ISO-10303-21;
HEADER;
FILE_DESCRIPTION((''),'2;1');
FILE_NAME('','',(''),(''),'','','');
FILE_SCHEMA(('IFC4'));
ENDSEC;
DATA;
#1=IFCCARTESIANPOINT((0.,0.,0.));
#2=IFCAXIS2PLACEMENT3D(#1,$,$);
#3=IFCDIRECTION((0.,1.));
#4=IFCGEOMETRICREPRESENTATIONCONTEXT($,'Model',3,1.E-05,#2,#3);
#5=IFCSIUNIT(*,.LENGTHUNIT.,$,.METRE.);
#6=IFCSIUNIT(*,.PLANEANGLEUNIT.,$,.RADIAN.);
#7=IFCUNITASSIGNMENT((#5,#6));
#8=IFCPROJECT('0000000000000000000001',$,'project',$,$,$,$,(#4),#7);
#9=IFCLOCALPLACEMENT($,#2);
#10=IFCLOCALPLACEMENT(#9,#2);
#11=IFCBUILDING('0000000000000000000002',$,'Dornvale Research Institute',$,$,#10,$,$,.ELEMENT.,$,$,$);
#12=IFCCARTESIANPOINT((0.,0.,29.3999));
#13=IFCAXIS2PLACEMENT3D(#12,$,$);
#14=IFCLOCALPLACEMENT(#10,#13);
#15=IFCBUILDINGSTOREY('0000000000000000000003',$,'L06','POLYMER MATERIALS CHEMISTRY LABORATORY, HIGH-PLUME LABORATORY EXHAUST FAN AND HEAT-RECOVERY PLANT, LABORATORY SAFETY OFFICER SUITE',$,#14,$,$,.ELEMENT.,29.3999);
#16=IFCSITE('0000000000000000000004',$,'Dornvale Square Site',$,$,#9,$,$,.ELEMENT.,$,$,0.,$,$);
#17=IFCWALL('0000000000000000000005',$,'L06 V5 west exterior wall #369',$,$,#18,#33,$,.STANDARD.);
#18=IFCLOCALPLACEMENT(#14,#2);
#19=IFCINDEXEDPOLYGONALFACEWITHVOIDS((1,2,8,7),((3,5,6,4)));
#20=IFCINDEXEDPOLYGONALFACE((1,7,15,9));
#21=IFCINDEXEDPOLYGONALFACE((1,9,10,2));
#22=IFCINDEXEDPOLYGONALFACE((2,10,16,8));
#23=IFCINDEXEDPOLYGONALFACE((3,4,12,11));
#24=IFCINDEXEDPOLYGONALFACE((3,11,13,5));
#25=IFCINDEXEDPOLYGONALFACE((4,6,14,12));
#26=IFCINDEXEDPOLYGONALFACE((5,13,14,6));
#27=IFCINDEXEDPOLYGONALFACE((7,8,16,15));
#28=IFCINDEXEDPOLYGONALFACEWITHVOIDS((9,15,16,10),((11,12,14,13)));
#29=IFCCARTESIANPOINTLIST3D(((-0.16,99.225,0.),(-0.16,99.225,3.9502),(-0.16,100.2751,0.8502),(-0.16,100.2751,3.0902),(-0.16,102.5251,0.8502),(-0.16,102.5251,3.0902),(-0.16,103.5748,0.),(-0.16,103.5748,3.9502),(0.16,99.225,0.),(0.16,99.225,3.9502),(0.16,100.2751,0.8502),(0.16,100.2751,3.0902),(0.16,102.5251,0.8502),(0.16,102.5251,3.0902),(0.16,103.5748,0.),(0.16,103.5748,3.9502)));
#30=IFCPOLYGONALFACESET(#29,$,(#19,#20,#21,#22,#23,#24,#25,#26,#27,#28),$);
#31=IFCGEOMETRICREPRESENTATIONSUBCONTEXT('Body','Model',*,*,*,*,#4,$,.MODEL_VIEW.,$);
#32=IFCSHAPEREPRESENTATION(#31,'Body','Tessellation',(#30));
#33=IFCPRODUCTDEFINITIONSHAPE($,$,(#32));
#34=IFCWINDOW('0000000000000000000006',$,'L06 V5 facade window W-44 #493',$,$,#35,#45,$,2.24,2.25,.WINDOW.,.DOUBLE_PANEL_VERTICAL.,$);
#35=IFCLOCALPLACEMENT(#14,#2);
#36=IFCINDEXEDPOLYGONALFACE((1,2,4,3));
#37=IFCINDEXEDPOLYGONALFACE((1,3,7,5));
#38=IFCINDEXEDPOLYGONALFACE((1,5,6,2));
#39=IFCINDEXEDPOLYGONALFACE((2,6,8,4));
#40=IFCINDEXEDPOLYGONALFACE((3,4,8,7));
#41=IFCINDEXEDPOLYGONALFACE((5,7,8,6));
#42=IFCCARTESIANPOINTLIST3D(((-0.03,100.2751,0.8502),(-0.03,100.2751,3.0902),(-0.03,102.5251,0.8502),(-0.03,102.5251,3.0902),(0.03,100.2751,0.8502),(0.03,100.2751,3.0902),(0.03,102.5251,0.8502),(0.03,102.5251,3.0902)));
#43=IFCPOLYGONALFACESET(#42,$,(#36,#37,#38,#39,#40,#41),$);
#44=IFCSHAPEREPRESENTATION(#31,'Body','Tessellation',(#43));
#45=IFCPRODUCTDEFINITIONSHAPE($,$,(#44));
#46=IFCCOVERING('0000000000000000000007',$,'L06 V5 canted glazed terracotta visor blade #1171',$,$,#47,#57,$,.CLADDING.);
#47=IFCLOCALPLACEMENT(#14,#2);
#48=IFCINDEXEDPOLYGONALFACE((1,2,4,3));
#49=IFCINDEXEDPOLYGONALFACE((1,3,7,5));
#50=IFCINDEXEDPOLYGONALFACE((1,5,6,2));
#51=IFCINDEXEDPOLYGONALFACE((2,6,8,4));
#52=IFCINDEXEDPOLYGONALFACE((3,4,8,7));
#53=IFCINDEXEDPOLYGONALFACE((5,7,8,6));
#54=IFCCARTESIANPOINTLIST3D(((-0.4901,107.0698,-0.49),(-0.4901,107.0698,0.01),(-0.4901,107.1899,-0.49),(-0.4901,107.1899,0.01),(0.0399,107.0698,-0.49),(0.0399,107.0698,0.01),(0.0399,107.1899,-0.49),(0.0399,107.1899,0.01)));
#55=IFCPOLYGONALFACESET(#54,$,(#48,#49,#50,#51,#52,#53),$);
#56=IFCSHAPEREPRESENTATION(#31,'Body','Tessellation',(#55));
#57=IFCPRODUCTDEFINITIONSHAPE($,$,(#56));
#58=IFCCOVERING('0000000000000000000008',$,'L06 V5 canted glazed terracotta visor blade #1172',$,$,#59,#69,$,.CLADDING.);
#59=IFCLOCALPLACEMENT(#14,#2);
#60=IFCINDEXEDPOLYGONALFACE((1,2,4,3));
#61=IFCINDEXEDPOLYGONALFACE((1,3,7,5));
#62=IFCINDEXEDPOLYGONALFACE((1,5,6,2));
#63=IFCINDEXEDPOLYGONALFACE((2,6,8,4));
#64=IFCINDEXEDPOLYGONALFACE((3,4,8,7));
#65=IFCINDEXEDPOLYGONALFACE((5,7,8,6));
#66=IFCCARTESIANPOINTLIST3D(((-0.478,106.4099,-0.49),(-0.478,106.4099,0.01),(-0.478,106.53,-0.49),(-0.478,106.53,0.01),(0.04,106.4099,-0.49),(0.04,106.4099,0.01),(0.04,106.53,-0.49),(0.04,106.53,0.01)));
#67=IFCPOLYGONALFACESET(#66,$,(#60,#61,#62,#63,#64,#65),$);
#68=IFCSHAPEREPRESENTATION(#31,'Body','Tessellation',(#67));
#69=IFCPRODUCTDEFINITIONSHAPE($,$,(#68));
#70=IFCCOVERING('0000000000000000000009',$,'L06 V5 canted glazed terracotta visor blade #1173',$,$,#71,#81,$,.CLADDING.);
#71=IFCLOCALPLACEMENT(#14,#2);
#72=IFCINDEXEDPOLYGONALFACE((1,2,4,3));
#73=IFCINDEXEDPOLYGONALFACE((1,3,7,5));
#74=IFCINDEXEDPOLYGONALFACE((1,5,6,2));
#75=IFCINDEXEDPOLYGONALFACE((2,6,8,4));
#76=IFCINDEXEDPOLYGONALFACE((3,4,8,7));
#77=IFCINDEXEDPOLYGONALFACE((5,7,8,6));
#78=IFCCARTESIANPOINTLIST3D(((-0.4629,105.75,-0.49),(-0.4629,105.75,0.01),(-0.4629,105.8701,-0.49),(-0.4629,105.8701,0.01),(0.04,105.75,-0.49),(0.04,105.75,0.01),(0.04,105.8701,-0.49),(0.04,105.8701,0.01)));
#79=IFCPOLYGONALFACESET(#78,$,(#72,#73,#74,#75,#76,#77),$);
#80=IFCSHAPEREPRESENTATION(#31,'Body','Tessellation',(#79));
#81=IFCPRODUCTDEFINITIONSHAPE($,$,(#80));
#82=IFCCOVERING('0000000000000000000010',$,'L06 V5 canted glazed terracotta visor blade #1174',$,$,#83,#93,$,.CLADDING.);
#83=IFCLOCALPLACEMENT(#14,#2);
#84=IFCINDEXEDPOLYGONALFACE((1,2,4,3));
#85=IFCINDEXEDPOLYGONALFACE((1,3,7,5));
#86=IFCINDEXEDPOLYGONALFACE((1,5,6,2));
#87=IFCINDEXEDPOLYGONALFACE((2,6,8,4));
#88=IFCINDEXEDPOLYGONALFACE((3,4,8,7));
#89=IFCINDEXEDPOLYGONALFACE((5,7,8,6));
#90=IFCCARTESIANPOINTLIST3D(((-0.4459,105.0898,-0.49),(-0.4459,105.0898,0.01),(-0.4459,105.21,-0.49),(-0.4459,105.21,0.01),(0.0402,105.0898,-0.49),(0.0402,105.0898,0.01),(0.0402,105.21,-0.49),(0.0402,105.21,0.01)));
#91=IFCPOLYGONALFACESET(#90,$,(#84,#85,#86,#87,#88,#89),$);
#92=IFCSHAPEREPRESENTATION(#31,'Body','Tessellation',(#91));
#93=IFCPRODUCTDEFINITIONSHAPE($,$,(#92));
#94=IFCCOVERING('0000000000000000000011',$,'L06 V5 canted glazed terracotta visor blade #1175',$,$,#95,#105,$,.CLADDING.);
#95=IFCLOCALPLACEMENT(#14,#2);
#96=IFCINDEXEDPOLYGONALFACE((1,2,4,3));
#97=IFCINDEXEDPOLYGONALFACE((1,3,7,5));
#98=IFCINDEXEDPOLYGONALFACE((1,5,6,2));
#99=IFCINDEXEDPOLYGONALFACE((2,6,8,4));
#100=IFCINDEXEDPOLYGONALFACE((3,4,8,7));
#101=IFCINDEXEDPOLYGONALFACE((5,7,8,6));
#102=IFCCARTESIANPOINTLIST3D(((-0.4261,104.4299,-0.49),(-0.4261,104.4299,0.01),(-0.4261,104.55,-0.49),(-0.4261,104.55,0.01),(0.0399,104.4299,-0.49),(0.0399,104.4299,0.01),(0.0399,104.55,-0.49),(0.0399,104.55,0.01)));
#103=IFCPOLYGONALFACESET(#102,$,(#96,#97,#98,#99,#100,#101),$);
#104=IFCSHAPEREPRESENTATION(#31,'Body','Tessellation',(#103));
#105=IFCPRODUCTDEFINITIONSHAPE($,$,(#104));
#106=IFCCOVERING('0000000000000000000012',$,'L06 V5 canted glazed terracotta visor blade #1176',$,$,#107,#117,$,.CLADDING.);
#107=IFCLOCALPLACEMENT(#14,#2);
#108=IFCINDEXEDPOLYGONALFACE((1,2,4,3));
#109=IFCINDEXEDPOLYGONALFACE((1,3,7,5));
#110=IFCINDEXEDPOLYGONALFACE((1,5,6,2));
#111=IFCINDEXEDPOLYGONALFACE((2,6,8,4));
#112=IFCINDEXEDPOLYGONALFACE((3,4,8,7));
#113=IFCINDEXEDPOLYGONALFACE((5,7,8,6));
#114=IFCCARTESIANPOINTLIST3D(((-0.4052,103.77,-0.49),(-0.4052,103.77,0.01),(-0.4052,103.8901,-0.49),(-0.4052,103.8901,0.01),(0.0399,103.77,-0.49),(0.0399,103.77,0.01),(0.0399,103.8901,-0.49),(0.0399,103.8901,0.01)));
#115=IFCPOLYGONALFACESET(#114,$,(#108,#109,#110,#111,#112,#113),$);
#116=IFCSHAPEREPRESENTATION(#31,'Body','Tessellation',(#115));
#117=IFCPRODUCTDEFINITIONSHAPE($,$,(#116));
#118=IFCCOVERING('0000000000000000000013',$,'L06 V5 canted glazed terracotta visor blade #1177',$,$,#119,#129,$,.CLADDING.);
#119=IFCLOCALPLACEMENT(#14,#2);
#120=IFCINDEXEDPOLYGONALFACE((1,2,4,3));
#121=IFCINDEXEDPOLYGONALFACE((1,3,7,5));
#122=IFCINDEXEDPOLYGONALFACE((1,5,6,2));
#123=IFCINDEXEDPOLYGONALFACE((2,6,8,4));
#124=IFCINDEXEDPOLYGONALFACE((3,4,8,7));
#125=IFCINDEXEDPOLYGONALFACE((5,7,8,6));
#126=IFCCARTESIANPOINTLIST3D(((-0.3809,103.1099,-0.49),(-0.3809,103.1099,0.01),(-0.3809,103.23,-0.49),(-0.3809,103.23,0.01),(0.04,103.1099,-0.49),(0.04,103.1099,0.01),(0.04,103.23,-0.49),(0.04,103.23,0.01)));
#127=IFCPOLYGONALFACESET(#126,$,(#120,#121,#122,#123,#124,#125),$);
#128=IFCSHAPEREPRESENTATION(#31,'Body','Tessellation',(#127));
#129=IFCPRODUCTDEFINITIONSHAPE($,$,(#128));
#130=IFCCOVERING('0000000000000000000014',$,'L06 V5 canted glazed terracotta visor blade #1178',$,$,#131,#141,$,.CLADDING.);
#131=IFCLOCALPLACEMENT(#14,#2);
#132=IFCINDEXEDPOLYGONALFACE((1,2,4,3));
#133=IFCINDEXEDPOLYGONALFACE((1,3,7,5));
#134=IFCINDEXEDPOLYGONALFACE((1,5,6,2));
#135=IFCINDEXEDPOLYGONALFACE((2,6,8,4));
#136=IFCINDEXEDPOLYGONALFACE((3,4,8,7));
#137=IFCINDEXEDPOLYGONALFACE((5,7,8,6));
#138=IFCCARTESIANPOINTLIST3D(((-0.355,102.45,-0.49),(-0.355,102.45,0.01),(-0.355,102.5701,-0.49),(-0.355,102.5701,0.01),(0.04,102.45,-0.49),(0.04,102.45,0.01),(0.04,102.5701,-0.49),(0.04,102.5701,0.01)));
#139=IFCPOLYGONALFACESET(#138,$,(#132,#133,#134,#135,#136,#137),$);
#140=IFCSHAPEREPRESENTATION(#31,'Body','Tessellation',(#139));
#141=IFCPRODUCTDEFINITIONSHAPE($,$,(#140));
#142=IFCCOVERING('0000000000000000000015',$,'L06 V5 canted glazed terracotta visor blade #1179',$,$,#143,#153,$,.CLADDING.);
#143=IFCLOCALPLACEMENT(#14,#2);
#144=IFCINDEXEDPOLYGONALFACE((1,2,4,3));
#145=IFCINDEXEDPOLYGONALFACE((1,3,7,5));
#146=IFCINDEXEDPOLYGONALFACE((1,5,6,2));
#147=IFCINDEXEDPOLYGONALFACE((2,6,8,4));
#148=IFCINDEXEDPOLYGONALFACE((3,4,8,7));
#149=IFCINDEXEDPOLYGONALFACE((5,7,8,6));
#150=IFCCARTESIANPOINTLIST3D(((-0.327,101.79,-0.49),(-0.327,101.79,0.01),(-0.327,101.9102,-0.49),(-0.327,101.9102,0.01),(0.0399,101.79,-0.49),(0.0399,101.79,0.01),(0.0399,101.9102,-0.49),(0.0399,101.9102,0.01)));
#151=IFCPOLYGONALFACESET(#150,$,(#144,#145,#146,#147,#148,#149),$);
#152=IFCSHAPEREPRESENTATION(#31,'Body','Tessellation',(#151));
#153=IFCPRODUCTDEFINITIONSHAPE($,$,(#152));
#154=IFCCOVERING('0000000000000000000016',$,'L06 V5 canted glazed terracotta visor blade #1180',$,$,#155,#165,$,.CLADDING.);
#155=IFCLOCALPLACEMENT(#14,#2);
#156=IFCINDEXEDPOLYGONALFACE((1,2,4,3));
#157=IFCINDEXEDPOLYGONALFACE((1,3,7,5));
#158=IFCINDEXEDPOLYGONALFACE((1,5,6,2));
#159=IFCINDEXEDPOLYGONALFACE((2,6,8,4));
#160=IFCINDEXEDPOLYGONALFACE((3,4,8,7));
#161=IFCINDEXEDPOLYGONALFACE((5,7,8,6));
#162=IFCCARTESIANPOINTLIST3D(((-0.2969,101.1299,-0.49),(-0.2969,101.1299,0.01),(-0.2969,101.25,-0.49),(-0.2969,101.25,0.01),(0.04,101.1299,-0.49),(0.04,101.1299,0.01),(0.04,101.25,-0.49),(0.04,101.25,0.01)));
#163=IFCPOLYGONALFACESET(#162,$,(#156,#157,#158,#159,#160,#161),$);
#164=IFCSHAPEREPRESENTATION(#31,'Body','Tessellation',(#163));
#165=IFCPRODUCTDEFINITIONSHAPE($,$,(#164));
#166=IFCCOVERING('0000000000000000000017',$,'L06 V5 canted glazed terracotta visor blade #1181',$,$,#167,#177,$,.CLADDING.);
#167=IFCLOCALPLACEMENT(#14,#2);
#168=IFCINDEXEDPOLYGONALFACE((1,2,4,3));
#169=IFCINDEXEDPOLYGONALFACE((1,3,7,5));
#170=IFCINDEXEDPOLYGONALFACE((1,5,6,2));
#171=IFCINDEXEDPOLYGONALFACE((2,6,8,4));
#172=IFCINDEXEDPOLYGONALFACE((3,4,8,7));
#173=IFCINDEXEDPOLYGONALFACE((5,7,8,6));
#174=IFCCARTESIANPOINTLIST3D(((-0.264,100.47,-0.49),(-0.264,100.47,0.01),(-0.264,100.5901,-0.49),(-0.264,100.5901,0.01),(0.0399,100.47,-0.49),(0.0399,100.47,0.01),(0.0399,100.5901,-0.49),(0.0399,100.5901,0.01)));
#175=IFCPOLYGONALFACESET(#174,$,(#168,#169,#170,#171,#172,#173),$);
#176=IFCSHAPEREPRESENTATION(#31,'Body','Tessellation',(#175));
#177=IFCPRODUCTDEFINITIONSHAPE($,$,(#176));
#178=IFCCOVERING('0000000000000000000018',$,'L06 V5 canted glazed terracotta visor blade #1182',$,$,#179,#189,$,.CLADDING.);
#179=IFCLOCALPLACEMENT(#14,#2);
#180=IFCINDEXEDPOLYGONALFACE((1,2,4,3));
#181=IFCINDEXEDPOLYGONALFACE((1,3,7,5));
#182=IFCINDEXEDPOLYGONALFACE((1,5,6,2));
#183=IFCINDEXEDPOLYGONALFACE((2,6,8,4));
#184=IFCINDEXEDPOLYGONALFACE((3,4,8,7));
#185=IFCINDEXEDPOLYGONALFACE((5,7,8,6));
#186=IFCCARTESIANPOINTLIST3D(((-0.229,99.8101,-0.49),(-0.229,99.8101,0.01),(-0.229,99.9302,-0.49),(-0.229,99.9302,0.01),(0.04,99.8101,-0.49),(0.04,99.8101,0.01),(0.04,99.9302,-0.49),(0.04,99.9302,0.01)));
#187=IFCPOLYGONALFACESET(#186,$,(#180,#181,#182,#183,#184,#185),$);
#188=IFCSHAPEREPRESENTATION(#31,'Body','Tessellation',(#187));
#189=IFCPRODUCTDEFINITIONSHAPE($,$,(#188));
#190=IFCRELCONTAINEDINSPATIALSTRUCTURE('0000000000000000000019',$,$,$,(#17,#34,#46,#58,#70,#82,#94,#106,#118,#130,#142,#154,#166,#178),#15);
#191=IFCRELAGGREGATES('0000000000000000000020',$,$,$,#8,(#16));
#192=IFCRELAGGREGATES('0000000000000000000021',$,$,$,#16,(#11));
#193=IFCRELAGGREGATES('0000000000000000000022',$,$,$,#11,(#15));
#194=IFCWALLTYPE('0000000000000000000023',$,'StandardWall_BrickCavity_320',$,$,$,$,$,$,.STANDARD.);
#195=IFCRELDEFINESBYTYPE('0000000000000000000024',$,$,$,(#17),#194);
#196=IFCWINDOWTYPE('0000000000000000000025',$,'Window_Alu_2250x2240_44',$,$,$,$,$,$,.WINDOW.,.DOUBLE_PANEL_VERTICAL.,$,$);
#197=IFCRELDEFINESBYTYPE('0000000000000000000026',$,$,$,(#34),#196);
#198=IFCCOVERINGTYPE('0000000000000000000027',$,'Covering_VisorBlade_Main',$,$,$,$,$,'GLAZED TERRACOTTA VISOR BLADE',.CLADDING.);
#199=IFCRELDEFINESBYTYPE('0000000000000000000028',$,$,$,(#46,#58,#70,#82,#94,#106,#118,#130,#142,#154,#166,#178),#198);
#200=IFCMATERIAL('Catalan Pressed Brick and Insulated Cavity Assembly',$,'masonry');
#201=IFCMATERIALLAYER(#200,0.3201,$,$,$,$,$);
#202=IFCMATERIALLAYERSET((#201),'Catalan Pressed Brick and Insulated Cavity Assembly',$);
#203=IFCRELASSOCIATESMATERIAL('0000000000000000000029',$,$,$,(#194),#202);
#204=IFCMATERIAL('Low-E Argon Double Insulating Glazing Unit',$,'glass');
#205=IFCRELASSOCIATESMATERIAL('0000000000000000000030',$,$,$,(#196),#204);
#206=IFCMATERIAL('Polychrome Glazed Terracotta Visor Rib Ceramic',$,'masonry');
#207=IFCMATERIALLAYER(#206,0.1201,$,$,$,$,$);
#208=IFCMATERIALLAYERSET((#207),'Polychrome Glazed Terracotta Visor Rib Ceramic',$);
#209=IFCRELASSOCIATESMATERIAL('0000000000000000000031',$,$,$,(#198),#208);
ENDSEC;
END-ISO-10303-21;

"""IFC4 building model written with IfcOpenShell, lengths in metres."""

from ifc_helpers import new_model, si_unit, direction, frame, frame_2d, origin, origin_2d, place, context, subcontext, project, spatial, rectangle, extrude, material, layer, layer_set, type_object, element, fill, save


model = new_model("IFC4")

# Units and contexts
model_context = context("Model", 3, precision=1e-05, world=origin(), true_north=direction((0.0, 1.0)))
body_context = subcontext(model_context, "Body", "Model", "MODEL_VIEW")
ifc_project = project(units=[si_unit("LENGTHUNIT", "METRE"), si_unit("PLANEANGLEUNIT", "RADIAN")], contexts=[model_context])

# Site, building, storey
site_placement = place(None, origin())
site = spatial("IfcSite", under=ifc_project, at=site_placement, Name="Dornvale Square Site", CompositionType="ELEMENT", RefElevation=0.0)
building_placement = place(site_placement, origin())
building = spatial("IfcBuilding", under=site, at=building_placement, Name="Dornvale Research Institute", CompositionType="ELEMENT")
storey_placement = place(building_placement, frame((0.0, 0.0, 29.3999)))
storey = spatial("IfcBuildingStorey", under=building, at=storey_placement, Name="L06", Description="POLYMER MATERIALS CHEMISTRY LABORATORY, HIGH-PLUME LABORATORY EXHAUST FAN AND HEAT-RECOVERY PLANT, LABORATORY SAFETY OFFICER SUITE", CompositionType="ELEMENT", Elevation=29.3999)

# Wall, opening, window
ifc_material_1 = material(Name="Catalan Pressed Brick and Insulated Cavity Assembly", Category="masonry")
ifc_layer_1 = layer(ifc_material_1, 0.3201)
ifc_layer_set_1 = layer_set([ifc_layer_1], Name="Catalan Pressed Brick and Insulated Cavity Assembly")
wall_type_1 = type_object("IfcWallType", Name="StandardWall_BrickCavity_320", PredefinedType="STANDARD", material=ifc_layer_set_1)
wall_1_placement = place(storey_placement, frame((0.0, 99.2251, 0.0), z_axis=(0.0, 0.0, 1.0), x_axis=(0.0, 1.0, 0.0)))
wall_1 = element("IfcWall", 1, at=wall_1_placement, inside=storey, type_object=wall_type_1, Name="L06 V5 west exterior wall #369", PredefinedType="STANDARD", context=body_context, shape_type="SweptSolid", body=[
    extrude(rectangle(XDim=4.3499, YDim=0.3201, at=frame_2d((2.1748, 0.0))), origin(), (0.0, 0.0, 1.0), 3.9502),
])
opening_1_placement = place(wall_1_placement, frame((1.05, 0.0, 0.8501)))
opening_1 = element("IfcOpeningElement", 2, at=opening_1_placement, cuts=wall_1, PredefinedType="OPENING", context=body_context, shape_type="SweptSolid", body=[
    extrude(rectangle(XDim=2.25, YDim=2.24, at=frame_2d((1.125, 1.1201))), frame((0.0, 0.175, 0.0), z_axis=(0.0, -1.0, 0.0), x_axis=(1.0, 0.0, 0.0)), (0.0, 0.0, 1.0), 0.3501),
])
ifc_material_2 = material(Name="Low-E Argon Double Insulating Glazing Unit", Category="glass")
window_type = type_object("IfcWindowType", Name="Window_Alu_2250x2240_44", PartitioningType="DOUBLE_PANEL_VERTICAL", PredefinedType="WINDOW", material=ifc_material_2)
window_placement = place(opening_1_placement, origin())
window = element("IfcWindow", 3, at=window_placement, inside=storey, type_object=window_type, Name="L06 V5 facade window W-44 #493", OverallHeight=2.24, OverallWidth=2.25, PartitioningType="DOUBLE_PANEL_VERTICAL", PredefinedType="WINDOW", context=body_context, shape_type="SweptSolid", body=[
    extrude(rectangle(XDim=2.25, YDim=2.24, at=frame_2d((1.125, 1.1201))), frame((0.0, 0.03, 0.0), z_axis=(0.0, -1.0, 0.0), x_axis=(1.0, 0.0, 0.0)), (0.0, 0.0, 1.0), 0.0601),
])
fill(opening_1, window)

# Coverings
ifc_material_3 = material(Name="Polychrome Glazed Terracotta Visor Rib Ceramic", Category="masonry")
ifc_layer_2 = layer(ifc_material_3, 0.1201)
ifc_layer_set_2 = layer_set([ifc_layer_2], Name="Polychrome Glazed Terracotta Visor Rib Ceramic")
covering_type = type_object("IfcCoveringType", Name="Covering_VisorBlade_Main", ElementType="GLAZED TERRACOTTA VISOR BLADE", PredefinedType="CLADDING", material=ifc_layer_set_2)
covering_1_placement = place(storey_placement, frame((-0.2251, 107.1299, -0.49), z_axis=(0.0, 0.0, 1.0), x_axis=(1.0, 0.0, 0.0)))
element("IfcCovering", 4, at=covering_1_placement, inside=storey, type_object=covering_type, Name="L06 V5 canted glazed terracotta visor blade #1171", PredefinedType="CLADDING", context=body_context, shape_type="SweptSolid", body=[
    extrude(rectangle(XDim=0.53, YDim=0.1201, at=origin_2d()), origin(), (0.0, 0.0, 1.0), 0.5),
])
covering_2_placement = place(storey_placement, frame((-0.219, 106.47, -0.49), z_axis=(0.0, 0.0, 1.0), x_axis=(1.0, 0.0, 0.0)))
element("IfcCovering", 5, at=covering_2_placement, inside=storey, type_object=covering_type, Name="L06 V5 canted glazed terracotta visor blade #1172", PredefinedType="CLADDING", context=body_context, shape_type="SweptSolid", body=[
    extrude(rectangle(XDim=0.5181, YDim=0.1201, at=origin_2d()), origin(), (0.0, 0.0, 1.0), 0.5),
])
covering_3_placement = place(storey_placement, frame((-0.2114, 105.8101, -0.49), z_axis=(0.0, 0.0, 1.0), x_axis=(1.0, 0.0, 0.0)))
element("IfcCovering", 6, at=covering_3_placement, inside=storey, type_object=covering_type, Name="L06 V5 canted glazed terracotta visor blade #1173", PredefinedType="CLADDING", context=body_context, shape_type="SweptSolid", body=[
    extrude(rectangle(XDim=0.5029, YDim=0.1201, at=origin_2d()), origin(), (0.0, 0.0, 1.0), 0.5),
])
covering_4_placement = place(storey_placement, frame((-0.2029, 105.1499, -0.49), z_axis=(0.0, 0.0, 1.0), x_axis=(1.0, 0.0, 0.0)))
element("IfcCovering", 7, at=covering_4_placement, inside=storey, type_object=covering_type, Name="L06 V5 canted glazed terracotta visor blade #1174", PredefinedType="CLADDING", context=body_context, shape_type="SweptSolid", body=[
    extrude(rectangle(XDim=0.4861, YDim=0.1201, at=origin_2d()), origin(), (0.0, 0.0, 1.0), 0.5),
])
covering_5_placement = place(storey_placement, frame((-0.1931, 104.49, -0.49), z_axis=(0.0, 0.0, 1.0), x_axis=(1.0, 0.0, 0.0)))
element("IfcCovering", 8, at=covering_5_placement, inside=storey, type_object=covering_type, Name="L06 V5 canted glazed terracotta visor blade #1175", PredefinedType="CLADDING", context=body_context, shape_type="SweptSolid", body=[
    extrude(rectangle(XDim=0.4661, YDim=0.1201, at=origin_2d()), origin(), (0.0, 0.0, 1.0), 0.5),
])
covering_6_placement = place(storey_placement, frame((-0.1826, 103.8301, -0.49), z_axis=(0.0, 0.0, 1.0), x_axis=(1.0, 0.0, 0.0)))
element("IfcCovering", 9, at=covering_6_placement, inside=storey, type_object=covering_type, Name="L06 V5 canted glazed terracotta visor blade #1176", PredefinedType="CLADDING", context=body_context, shape_type="SweptSolid", body=[
    extrude(rectangle(XDim=0.4451, YDim=0.1201, at=origin_2d()), origin(), (0.0, 0.0, 1.0), 0.5),
])
covering_7_placement = place(storey_placement, frame((-0.1704, 103.1699, -0.49), z_axis=(0.0, 0.0, 1.0), x_axis=(1.0, 0.0, 0.0)))
element("IfcCovering", 10, at=covering_7_placement, inside=storey, type_object=covering_type, Name="L06 V5 canted glazed terracotta visor blade #1177", PredefinedType="CLADDING", context=body_context, shape_type="SweptSolid", body=[
    extrude(rectangle(XDim=0.4209, YDim=0.1201, at=origin_2d()), origin(), (0.0, 0.0, 1.0), 0.5),
])
covering_8_placement = place(storey_placement, frame((-0.1575, 102.51, -0.49), z_axis=(0.0, 0.0, 1.0), x_axis=(1.0, 0.0, 0.0)))
element("IfcCovering", 11, at=covering_8_placement, inside=storey, type_object=covering_type, Name="L06 V5 canted glazed terracotta visor blade #1178", PredefinedType="CLADDING", context=body_context, shape_type="SweptSolid", body=[
    extrude(rectangle(XDim=0.395, YDim=0.1201, at=origin_2d()), origin(), (0.0, 0.0, 1.0), 0.5),
])
covering_9_placement = place(storey_placement, frame((-0.1436, 101.8501, -0.49), z_axis=(0.0, 0.0, 1.0), x_axis=(1.0, 0.0, 0.0)))
element("IfcCovering", 12, at=covering_9_placement, inside=storey, type_object=covering_type, Name="L06 V5 canted glazed terracotta visor blade #1179", PredefinedType="CLADDING", context=body_context, shape_type="SweptSolid", body=[
    extrude(rectangle(XDim=0.3669, YDim=0.1201, at=origin_2d()), origin(), (0.0, 0.0, 1.0), 0.5),
])
covering_10_placement = place(storey_placement, frame((-0.1284, 101.1899, -0.49), z_axis=(0.0, 0.0, 1.0), x_axis=(1.0, 0.0, 0.0)))
element("IfcCovering", 13, at=covering_10_placement, inside=storey, type_object=covering_type, Name="L06 V5 canted glazed terracotta visor blade #1180", PredefinedType="CLADDING", context=body_context, shape_type="SweptSolid", body=[
    extrude(rectangle(XDim=0.3369, YDim=0.1201, at=origin_2d()), origin(), (0.0, 0.0, 1.0), 0.5),
])
covering_11_placement = place(storey_placement, frame((-0.1121, 100.53, -0.49), z_axis=(0.0, 0.0, 1.0), x_axis=(1.0, 0.0, 0.0)))
element("IfcCovering", 14, at=covering_11_placement, inside=storey, type_object=covering_type, Name="L06 V5 canted glazed terracotta visor blade #1181", PredefinedType="CLADDING", context=body_context, shape_type="SweptSolid", body=[
    extrude(rectangle(XDim=0.304, YDim=0.1201, at=origin_2d()), origin(), (0.0, 0.0, 1.0), 0.5),
])
covering_12_placement = place(storey_placement, frame((-0.0945, 99.8701, -0.49), z_axis=(0.0, 0.0, 1.0), x_axis=(1.0, 0.0, 0.0)))
element("IfcCovering", 15, at=covering_12_placement, inside=storey, type_object=covering_type, Name="L06 V5 canted glazed terracotta visor blade #1182", PredefinedType="CLADDING", context=body_context, shape_type="SweptSolid", body=[
    extrude(rectangle(XDim=0.269, YDim=0.1201, at=origin_2d()), origin(), (0.0, 0.0, 1.0), 0.5),
])

save(model, "model.ifc")
